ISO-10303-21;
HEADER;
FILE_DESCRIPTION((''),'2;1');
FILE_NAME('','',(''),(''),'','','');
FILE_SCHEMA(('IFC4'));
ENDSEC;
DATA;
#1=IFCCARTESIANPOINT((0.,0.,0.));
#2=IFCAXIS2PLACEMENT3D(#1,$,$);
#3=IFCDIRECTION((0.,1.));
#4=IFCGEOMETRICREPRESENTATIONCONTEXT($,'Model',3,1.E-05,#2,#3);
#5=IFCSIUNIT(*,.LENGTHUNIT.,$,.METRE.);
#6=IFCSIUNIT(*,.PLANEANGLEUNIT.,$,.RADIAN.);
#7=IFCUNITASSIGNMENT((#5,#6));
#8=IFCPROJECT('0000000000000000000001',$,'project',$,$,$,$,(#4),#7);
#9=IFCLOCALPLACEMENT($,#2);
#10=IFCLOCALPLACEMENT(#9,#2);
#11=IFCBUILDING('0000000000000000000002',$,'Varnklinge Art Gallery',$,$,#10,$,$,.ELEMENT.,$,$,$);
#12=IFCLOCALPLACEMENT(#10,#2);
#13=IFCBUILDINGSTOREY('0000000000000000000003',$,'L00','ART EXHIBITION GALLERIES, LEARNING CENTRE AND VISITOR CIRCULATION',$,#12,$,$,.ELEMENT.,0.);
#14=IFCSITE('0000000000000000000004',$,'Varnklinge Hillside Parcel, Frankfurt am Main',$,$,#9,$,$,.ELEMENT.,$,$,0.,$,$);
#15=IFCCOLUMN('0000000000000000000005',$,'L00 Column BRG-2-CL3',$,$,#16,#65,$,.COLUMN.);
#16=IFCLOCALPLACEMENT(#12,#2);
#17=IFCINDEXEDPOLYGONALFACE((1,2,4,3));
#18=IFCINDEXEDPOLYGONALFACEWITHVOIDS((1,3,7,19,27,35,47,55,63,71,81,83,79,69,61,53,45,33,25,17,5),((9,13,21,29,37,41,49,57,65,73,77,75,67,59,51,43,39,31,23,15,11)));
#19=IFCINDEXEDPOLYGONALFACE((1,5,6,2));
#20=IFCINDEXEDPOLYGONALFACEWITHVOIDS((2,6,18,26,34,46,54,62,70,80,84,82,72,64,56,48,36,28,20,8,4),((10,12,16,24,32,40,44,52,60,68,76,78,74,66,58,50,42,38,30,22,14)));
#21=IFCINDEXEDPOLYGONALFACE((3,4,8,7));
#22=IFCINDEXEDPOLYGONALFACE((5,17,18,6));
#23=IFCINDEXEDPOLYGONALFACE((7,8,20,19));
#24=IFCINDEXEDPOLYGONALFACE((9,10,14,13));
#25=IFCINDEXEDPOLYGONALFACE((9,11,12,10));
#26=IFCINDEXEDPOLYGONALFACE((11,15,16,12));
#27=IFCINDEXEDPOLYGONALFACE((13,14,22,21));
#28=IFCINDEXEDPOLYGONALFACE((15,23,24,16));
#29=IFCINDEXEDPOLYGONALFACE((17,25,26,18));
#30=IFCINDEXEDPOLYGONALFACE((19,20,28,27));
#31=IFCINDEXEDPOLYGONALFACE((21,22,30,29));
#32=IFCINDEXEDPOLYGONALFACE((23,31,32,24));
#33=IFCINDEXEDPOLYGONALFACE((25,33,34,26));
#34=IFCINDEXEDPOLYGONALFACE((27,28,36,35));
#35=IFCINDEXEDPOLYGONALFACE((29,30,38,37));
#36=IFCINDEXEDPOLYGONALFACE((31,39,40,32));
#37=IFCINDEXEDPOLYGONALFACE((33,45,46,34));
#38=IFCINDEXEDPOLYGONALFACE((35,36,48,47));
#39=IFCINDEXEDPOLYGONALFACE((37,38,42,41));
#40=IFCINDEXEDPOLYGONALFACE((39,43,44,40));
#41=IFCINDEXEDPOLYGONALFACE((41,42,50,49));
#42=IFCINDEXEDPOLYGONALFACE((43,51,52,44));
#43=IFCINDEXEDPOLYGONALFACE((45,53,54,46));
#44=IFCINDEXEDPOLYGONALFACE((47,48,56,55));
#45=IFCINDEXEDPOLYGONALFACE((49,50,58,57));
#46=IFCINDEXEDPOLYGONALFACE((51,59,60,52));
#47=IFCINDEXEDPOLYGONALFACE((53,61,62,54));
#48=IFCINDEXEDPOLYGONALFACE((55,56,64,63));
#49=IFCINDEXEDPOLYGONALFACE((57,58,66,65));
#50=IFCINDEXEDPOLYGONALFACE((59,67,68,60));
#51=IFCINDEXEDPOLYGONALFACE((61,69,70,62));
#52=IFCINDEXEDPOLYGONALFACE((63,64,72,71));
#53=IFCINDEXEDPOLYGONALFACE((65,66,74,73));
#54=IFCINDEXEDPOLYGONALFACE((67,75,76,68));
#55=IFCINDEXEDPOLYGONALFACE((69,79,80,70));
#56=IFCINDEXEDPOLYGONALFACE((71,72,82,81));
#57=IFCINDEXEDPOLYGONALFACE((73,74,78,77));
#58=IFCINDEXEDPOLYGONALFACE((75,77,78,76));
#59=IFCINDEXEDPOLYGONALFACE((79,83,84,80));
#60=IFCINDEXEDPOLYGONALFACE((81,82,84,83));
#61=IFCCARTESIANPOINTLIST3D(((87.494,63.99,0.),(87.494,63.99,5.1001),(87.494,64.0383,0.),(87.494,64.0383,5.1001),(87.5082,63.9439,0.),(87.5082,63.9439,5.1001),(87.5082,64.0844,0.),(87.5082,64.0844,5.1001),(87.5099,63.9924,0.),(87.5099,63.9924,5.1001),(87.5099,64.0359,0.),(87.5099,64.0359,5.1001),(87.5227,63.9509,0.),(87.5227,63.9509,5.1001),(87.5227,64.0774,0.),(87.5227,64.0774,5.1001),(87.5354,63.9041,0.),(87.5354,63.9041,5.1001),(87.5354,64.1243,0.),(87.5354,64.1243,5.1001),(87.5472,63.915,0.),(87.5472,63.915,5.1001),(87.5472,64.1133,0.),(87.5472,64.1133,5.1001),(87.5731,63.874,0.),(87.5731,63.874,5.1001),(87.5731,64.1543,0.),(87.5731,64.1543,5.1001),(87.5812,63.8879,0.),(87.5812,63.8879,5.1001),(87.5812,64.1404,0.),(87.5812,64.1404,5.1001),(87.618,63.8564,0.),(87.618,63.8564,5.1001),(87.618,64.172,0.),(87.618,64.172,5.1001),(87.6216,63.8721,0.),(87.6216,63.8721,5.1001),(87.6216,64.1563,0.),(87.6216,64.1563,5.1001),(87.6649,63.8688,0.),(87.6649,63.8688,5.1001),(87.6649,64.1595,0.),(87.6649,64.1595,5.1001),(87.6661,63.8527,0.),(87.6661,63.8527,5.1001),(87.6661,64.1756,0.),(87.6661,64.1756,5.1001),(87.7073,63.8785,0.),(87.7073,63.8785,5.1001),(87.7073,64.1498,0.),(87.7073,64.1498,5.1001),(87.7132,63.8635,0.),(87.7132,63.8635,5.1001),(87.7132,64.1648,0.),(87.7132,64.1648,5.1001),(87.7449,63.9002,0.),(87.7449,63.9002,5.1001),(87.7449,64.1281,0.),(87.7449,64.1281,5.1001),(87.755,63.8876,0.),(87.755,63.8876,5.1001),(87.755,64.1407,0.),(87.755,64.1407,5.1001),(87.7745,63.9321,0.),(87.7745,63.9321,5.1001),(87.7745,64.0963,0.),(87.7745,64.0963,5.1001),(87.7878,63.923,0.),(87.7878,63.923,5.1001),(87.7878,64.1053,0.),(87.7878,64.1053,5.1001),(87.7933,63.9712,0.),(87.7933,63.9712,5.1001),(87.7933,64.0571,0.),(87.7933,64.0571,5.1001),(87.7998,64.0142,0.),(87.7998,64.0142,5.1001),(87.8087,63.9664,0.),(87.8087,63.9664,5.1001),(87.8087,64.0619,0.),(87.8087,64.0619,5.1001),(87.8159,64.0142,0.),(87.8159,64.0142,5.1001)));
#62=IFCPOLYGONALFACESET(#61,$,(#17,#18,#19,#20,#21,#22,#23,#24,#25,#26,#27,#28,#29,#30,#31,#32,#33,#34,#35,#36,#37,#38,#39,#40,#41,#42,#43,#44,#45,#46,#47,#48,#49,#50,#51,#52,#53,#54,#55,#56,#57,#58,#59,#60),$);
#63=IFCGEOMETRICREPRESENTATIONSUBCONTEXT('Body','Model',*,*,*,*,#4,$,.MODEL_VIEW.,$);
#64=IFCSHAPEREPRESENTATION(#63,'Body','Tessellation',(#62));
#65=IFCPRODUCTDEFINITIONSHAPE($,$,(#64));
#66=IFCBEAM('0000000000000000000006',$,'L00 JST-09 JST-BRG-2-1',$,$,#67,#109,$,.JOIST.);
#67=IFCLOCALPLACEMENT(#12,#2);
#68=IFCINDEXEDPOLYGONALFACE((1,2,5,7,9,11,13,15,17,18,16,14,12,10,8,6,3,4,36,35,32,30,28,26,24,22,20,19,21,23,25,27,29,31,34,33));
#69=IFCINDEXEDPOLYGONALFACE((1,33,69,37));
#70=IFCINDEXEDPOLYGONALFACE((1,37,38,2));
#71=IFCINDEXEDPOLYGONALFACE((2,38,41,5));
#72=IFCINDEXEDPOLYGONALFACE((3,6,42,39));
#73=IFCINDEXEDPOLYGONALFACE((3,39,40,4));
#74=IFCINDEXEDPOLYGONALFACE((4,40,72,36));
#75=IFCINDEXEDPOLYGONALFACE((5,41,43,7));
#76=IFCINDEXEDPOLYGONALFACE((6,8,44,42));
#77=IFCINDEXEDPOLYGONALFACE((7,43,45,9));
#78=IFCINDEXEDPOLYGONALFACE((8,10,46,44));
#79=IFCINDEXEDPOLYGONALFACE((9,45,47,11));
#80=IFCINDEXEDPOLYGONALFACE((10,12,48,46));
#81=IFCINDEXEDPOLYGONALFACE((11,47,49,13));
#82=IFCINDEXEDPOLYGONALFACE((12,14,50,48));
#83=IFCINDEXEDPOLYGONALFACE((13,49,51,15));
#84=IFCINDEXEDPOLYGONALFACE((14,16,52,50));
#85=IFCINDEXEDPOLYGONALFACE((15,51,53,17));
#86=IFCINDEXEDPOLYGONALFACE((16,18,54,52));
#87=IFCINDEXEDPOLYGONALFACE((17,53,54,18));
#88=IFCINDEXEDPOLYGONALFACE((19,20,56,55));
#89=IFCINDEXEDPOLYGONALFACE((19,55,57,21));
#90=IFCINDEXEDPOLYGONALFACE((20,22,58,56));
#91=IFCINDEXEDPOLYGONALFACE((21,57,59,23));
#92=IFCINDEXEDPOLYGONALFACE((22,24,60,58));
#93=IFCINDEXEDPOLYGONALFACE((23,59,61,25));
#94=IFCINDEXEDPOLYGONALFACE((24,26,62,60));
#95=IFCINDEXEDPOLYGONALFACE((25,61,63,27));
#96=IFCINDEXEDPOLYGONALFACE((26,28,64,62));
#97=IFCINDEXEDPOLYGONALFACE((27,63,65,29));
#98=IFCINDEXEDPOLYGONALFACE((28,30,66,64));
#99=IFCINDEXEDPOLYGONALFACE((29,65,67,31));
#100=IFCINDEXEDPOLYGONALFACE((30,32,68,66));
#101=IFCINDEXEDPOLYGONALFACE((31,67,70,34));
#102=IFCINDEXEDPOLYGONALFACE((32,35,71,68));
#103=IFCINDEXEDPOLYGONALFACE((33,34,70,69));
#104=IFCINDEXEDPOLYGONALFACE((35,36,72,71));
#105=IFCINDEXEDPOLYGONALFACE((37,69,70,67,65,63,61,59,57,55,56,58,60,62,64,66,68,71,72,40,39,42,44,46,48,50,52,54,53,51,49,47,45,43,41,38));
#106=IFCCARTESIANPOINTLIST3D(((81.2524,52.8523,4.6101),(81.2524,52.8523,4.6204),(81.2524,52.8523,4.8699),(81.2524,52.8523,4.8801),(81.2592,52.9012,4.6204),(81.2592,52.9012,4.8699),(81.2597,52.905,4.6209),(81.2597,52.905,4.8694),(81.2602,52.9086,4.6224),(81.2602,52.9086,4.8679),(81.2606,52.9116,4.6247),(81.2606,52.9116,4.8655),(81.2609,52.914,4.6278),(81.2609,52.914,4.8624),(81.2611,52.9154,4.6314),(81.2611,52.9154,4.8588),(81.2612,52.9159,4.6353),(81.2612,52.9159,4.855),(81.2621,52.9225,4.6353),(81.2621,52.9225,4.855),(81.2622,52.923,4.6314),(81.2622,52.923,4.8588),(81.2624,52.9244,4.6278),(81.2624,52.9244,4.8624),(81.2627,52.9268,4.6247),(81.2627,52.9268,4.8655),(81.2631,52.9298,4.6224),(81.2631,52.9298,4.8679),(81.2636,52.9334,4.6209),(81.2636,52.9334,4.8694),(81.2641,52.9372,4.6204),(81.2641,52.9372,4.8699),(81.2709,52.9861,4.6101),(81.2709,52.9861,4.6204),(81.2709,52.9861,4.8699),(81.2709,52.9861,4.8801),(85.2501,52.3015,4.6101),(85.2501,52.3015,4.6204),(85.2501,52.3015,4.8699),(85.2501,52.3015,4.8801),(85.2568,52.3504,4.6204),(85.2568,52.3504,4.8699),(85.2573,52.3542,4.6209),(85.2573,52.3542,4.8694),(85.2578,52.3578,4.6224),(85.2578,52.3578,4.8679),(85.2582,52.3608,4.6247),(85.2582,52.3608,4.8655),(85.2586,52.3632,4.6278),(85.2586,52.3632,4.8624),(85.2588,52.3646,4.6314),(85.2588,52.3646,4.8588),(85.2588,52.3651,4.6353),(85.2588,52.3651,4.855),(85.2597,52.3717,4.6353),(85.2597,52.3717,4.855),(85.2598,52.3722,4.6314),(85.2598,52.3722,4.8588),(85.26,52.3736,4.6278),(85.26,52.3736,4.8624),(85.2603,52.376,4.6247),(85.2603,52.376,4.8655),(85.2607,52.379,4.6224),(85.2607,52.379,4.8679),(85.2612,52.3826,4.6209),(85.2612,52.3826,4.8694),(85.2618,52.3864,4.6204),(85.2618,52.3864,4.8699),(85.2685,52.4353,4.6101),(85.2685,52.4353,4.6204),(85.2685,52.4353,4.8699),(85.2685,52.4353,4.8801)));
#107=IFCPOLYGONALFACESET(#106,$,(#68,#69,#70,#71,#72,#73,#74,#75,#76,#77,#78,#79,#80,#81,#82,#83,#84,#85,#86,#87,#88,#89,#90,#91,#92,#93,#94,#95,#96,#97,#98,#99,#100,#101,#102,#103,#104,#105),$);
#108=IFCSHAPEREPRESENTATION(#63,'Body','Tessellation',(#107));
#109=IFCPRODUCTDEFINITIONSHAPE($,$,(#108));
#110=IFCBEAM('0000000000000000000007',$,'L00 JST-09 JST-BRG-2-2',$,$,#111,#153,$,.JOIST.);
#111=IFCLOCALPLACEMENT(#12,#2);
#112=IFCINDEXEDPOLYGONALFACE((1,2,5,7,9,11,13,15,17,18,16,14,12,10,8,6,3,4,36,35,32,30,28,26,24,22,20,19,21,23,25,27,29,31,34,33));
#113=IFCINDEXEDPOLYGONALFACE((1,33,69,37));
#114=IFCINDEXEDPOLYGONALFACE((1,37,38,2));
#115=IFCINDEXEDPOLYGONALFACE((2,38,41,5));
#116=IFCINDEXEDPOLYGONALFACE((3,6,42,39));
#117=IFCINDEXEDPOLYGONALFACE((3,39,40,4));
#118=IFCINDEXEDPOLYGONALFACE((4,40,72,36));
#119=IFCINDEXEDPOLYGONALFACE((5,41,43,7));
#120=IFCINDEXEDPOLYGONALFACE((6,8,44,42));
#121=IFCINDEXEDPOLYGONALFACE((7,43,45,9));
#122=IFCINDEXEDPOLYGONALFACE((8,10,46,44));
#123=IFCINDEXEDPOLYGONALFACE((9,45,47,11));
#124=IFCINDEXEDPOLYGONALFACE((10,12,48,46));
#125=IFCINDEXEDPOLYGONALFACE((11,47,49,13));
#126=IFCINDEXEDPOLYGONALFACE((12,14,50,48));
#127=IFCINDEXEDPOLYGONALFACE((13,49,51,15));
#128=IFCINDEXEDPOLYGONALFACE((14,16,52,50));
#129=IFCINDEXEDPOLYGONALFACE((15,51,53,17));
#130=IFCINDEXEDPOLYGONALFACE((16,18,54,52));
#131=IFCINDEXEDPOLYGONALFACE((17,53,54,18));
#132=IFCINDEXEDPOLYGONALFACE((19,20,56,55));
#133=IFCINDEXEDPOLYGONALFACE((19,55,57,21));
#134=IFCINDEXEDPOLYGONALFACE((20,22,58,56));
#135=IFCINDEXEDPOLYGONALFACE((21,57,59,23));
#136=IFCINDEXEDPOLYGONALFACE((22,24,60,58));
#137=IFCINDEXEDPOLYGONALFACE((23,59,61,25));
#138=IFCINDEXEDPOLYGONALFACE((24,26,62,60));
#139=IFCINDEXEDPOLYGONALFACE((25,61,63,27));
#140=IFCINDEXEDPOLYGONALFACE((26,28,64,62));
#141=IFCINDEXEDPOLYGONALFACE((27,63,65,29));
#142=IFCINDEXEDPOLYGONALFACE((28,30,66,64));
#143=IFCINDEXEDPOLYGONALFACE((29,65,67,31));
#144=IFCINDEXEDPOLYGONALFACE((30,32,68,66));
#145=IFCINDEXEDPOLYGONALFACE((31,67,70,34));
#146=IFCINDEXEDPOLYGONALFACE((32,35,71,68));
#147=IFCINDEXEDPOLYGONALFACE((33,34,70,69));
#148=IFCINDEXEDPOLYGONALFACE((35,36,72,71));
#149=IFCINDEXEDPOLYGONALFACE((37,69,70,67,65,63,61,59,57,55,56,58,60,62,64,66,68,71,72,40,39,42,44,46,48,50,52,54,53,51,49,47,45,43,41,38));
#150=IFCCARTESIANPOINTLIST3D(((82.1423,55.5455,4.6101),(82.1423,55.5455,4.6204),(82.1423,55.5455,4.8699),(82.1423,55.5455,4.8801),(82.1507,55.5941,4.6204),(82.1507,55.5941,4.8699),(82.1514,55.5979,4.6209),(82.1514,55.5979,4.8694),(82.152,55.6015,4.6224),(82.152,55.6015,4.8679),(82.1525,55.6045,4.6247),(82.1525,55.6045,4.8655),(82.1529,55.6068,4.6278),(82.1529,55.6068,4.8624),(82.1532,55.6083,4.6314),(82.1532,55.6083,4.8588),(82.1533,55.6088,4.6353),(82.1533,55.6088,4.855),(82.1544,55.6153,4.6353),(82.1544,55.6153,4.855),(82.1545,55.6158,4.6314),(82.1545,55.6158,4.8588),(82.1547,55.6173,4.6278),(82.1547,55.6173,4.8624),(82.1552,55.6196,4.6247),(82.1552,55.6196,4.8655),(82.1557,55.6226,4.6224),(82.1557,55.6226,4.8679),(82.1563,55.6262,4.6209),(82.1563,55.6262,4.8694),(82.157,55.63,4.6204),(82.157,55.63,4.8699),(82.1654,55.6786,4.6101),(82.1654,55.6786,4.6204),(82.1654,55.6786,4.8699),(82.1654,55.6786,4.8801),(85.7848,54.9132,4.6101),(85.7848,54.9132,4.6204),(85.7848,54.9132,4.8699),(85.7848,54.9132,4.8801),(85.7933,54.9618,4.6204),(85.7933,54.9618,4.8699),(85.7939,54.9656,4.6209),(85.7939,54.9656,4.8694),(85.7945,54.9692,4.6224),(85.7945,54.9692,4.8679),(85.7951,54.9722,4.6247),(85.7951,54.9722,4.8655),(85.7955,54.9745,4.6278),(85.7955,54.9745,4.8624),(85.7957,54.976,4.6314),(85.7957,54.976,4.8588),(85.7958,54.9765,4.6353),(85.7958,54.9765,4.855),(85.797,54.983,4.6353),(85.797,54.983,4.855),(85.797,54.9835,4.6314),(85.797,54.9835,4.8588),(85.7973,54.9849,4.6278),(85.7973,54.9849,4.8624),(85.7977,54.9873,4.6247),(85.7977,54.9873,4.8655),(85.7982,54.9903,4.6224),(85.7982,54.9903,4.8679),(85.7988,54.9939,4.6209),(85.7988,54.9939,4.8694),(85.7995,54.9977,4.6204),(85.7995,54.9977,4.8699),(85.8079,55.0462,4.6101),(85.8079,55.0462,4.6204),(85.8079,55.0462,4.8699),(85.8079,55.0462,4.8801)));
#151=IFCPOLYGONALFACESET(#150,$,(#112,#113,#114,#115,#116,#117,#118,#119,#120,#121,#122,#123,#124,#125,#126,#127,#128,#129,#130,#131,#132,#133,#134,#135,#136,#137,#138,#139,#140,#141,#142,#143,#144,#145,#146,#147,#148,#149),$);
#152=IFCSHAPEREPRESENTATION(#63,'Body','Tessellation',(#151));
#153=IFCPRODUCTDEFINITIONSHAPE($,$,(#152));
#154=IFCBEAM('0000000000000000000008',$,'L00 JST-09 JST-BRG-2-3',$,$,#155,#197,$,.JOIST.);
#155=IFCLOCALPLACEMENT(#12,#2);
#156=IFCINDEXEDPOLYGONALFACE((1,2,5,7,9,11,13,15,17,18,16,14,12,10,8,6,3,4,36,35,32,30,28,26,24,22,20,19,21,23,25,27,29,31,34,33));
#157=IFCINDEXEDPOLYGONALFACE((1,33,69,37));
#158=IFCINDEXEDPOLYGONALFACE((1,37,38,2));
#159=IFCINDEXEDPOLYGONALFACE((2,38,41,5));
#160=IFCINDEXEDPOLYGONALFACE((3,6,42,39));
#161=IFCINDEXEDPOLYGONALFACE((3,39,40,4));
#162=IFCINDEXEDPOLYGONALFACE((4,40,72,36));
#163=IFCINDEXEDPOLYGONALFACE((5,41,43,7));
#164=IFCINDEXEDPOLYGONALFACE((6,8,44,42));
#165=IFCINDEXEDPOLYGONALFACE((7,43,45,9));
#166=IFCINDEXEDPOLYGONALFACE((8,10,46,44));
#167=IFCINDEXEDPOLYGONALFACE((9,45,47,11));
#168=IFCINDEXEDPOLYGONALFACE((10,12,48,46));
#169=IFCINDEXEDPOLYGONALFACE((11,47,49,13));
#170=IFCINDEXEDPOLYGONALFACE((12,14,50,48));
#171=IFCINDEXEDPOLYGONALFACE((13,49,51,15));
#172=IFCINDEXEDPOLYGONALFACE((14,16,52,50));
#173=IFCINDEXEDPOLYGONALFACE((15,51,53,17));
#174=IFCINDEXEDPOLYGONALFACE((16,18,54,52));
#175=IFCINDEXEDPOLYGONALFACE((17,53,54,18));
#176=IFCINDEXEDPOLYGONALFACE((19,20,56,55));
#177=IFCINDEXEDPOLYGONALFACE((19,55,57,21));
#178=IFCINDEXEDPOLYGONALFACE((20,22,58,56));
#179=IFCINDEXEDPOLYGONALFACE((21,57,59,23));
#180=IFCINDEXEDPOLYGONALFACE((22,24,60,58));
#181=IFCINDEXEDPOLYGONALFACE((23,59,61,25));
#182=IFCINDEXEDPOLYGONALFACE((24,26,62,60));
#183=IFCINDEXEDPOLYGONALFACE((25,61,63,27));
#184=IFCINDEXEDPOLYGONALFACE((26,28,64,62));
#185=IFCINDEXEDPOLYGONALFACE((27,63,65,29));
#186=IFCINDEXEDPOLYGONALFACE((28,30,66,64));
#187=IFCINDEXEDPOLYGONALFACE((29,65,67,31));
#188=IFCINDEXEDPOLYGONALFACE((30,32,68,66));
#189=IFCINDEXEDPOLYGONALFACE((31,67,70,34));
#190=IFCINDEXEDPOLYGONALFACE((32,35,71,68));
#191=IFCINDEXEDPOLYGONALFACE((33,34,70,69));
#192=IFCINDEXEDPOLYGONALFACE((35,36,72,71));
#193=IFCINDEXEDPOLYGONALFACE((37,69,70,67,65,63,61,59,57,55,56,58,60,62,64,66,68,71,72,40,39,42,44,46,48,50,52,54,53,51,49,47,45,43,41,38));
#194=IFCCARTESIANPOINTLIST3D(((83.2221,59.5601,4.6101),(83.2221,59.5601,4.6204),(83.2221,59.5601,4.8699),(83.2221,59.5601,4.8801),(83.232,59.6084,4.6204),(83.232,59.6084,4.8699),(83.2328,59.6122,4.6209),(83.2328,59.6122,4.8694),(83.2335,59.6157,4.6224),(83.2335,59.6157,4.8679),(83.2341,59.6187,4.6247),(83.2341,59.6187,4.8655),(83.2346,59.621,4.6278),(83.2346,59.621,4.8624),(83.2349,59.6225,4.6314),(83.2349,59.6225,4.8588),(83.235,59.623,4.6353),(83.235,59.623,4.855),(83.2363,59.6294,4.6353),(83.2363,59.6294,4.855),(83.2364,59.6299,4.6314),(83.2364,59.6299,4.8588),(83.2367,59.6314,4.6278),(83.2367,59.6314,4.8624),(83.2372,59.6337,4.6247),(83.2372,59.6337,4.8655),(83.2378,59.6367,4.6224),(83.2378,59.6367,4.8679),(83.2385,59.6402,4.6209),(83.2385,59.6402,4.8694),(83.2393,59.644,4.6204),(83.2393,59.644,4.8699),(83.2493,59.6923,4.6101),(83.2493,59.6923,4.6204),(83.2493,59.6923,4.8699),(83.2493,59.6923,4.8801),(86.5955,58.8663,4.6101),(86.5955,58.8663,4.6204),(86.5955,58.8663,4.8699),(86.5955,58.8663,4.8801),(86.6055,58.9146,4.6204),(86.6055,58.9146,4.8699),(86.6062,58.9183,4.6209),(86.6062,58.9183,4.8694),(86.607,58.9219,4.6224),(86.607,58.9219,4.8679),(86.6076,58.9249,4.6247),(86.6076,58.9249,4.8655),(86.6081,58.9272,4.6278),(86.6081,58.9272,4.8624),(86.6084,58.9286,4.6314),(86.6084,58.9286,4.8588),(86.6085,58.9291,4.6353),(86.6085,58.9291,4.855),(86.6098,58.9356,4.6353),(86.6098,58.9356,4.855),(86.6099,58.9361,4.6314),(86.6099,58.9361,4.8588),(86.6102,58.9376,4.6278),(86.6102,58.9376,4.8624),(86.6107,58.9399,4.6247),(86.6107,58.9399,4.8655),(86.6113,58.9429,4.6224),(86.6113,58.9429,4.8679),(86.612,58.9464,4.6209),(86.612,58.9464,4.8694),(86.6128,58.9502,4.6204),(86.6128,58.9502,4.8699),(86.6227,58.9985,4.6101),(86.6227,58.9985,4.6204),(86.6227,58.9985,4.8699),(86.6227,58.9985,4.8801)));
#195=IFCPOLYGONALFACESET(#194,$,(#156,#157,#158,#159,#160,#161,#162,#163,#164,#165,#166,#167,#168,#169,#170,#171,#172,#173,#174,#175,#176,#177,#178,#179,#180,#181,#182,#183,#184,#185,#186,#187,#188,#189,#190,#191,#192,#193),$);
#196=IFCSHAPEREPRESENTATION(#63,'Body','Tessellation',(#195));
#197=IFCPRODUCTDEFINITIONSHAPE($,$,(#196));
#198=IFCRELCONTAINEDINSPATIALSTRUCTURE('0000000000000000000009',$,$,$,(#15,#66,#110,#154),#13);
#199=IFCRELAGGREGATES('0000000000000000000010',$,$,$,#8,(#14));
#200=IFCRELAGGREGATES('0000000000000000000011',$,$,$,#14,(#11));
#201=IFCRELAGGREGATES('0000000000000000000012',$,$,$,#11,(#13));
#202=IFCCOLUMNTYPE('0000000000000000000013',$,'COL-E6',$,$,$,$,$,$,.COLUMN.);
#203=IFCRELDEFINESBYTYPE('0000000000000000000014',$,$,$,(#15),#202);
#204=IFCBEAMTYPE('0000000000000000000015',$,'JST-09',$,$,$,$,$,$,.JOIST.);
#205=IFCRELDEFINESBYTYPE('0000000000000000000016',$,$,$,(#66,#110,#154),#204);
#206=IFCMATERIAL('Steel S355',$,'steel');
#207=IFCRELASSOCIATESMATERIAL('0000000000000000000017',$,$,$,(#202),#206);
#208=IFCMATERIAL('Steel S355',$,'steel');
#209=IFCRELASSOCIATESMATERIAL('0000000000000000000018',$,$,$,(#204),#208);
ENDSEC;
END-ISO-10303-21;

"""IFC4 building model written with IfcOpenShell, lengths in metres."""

from ifc_helpers import new_model, si_unit, direction, frame, origin, origin_2d, place, context, subcontext, project, spatial, hollow_circle, i_section, extrude, material, material_profile, profile_set, type_object, element, save


model = new_model("IFC4")

# Units and contexts
model_context = context("Model", 3, precision=1e-05, world=origin(), true_north=direction((0.0, 1.0)))
body_context = subcontext(model_context, "Body", "Model", "MODEL_VIEW")
ifc_project = project(units=[si_unit("LENGTHUNIT", "METRE"), si_unit("PLANEANGLEUNIT", "RADIAN")], contexts=[model_context])

# Site, building, storey
site_placement = place(None, origin())
site = spatial("IfcSite", under=ifc_project, at=site_placement, Name="Varnklinge Hillside Parcel, Frankfurt am Main", CompositionType="ELEMENT", RefElevation=0.0)
building_placement = place(site_placement, origin())
building = spatial("IfcBuilding", under=site, at=building_placement, Name="Varnklinge Art Gallery", CompositionType="ELEMENT")
storey_placement = place(building_placement, origin())
storey = spatial("IfcBuildingStorey", under=building, at=storey_placement, Name="L00", Description="ART EXHIBITION GALLERIES, LEARNING CENTRE AND VISITOR CIRCULATION", CompositionType="ELEMENT", Elevation=0.0)

# Column
ifc_material_1 = material(Name="Steel S355", Category="steel")
ifc_material_profile_1 = material_profile(ifc_material_1, hollow_circle(Radius=0.1619, WallThickness=0.0161, at=origin_2d()), Name="CHS 323.9x16")
ifc_profile_set_1 = profile_set([ifc_material_profile_1], Name="Steel S355")
column_type_1 = type_object("IfcColumnType", Name="COL-E6", PredefinedType="COLUMN", material=ifc_profile_set_1)
for number, where, z_axis, x_axis, name in (
    (1, (87.6541, 64.0142, 0.0), (0.0, 0.0, 1.0), (1.0, 0.0, 0.0), "L00 Column BRG-2-CL3"),
):
    element("IfcColumn", number, at=place(storey_placement, frame(where, z_axis=z_axis, x_axis=x_axis)), inside=storey, type_object=column_type_1, Name=name, PredefinedType="COLUMN", context=body_context, shape_type="SweptSolid", body=[
        extrude(hollow_circle(Radius=0.1619, WallThickness=0.0161, at=origin_2d()), origin(), (0.0, 0.0, 1.0), 5.1001),
    ])

# Beams
ifc_material_2 = material(Name="Steel S355", Category="steel")
ifc_material_profile_2 = material_profile(ifc_material_2, i_section(OverallWidth=0.135, OverallDepth=0.27, WebThickness=0.0066, FlangeThickness=0.0103, FilletRadius=0.0149, at=origin_2d()), Name="IPE 270")
ifc_profile_set_2 = profile_set([ifc_material_profile_2], Name="Steel S355")
beam_type_1 = type_object("IfcBeamType", Name="JST-09", PredefinedType="JOIST", material=ifc_profile_set_2)
beam_1_placement = place(storey_placement, frame((85.2593, 52.3684, 4.7451), z_axis=(-0.990641, 0.13649, 0.0), x_axis=(-0.13649, -0.990641, 0.0)))
element("IfcBeam", 2, at=beam_1_placement, inside=storey, type_object=beam_type_1, Name="L00 JST-09 JST-BRG-2-1", PredefinedType="JOIST", context=body_context, shape_type="SweptSolid", body=[
    extrude(i_section(OverallWidth=0.135, OverallDepth=0.27, WebThickness=0.0066, FlangeThickness=0.0103, FilletRadius=0.0149, at=origin_2d()), origin(), (0.0, 0.0, 1.0), 4.0354),
])
beam_2_placement = place(storey_placement, frame((85.7964, 54.9797, 4.7451), z_axis=(-0.985265, 0.171035, 0.0), x_axis=(-0.171035, -0.985265, 0.0)))
element("IfcBeam", 3, at=beam_2_placement, inside=storey, type_object=beam_type_1, Name="L00 JST-09 JST-BRG-2-2", PredefinedType="JOIST", context=body_context, shape_type="SweptSolid", body=[
    extrude(i_section(OverallWidth=0.135, OverallDepth=0.27, WebThickness=0.0066, FlangeThickness=0.0103, FilletRadius=0.0149, at=origin_2d()), origin(), (0.0, 0.0, 1.0), 3.697),
])
beam_3_placement = place(storey_placement, frame((86.6091, 58.9324, 4.7451), z_axis=(-0.979497, 0.201457, 0.0), x_axis=(-0.201457, -0.979497, 0.0)))
element("IfcBeam", 4, at=beam_3_placement, inside=storey, type_object=beam_type_1, Name="L00 JST-09 JST-BRG-2-3", PredefinedType="JOIST", context=body_context, shape_type="SweptSolid", body=[
    extrude(i_section(OverallWidth=0.135, OverallDepth=0.27, WebThickness=0.0066, FlangeThickness=0.0103, FilletRadius=0.0149, at=origin_2d()), origin(), (0.0, 0.0, 1.0), 3.4441),
])

save(model, "model.ifc")
